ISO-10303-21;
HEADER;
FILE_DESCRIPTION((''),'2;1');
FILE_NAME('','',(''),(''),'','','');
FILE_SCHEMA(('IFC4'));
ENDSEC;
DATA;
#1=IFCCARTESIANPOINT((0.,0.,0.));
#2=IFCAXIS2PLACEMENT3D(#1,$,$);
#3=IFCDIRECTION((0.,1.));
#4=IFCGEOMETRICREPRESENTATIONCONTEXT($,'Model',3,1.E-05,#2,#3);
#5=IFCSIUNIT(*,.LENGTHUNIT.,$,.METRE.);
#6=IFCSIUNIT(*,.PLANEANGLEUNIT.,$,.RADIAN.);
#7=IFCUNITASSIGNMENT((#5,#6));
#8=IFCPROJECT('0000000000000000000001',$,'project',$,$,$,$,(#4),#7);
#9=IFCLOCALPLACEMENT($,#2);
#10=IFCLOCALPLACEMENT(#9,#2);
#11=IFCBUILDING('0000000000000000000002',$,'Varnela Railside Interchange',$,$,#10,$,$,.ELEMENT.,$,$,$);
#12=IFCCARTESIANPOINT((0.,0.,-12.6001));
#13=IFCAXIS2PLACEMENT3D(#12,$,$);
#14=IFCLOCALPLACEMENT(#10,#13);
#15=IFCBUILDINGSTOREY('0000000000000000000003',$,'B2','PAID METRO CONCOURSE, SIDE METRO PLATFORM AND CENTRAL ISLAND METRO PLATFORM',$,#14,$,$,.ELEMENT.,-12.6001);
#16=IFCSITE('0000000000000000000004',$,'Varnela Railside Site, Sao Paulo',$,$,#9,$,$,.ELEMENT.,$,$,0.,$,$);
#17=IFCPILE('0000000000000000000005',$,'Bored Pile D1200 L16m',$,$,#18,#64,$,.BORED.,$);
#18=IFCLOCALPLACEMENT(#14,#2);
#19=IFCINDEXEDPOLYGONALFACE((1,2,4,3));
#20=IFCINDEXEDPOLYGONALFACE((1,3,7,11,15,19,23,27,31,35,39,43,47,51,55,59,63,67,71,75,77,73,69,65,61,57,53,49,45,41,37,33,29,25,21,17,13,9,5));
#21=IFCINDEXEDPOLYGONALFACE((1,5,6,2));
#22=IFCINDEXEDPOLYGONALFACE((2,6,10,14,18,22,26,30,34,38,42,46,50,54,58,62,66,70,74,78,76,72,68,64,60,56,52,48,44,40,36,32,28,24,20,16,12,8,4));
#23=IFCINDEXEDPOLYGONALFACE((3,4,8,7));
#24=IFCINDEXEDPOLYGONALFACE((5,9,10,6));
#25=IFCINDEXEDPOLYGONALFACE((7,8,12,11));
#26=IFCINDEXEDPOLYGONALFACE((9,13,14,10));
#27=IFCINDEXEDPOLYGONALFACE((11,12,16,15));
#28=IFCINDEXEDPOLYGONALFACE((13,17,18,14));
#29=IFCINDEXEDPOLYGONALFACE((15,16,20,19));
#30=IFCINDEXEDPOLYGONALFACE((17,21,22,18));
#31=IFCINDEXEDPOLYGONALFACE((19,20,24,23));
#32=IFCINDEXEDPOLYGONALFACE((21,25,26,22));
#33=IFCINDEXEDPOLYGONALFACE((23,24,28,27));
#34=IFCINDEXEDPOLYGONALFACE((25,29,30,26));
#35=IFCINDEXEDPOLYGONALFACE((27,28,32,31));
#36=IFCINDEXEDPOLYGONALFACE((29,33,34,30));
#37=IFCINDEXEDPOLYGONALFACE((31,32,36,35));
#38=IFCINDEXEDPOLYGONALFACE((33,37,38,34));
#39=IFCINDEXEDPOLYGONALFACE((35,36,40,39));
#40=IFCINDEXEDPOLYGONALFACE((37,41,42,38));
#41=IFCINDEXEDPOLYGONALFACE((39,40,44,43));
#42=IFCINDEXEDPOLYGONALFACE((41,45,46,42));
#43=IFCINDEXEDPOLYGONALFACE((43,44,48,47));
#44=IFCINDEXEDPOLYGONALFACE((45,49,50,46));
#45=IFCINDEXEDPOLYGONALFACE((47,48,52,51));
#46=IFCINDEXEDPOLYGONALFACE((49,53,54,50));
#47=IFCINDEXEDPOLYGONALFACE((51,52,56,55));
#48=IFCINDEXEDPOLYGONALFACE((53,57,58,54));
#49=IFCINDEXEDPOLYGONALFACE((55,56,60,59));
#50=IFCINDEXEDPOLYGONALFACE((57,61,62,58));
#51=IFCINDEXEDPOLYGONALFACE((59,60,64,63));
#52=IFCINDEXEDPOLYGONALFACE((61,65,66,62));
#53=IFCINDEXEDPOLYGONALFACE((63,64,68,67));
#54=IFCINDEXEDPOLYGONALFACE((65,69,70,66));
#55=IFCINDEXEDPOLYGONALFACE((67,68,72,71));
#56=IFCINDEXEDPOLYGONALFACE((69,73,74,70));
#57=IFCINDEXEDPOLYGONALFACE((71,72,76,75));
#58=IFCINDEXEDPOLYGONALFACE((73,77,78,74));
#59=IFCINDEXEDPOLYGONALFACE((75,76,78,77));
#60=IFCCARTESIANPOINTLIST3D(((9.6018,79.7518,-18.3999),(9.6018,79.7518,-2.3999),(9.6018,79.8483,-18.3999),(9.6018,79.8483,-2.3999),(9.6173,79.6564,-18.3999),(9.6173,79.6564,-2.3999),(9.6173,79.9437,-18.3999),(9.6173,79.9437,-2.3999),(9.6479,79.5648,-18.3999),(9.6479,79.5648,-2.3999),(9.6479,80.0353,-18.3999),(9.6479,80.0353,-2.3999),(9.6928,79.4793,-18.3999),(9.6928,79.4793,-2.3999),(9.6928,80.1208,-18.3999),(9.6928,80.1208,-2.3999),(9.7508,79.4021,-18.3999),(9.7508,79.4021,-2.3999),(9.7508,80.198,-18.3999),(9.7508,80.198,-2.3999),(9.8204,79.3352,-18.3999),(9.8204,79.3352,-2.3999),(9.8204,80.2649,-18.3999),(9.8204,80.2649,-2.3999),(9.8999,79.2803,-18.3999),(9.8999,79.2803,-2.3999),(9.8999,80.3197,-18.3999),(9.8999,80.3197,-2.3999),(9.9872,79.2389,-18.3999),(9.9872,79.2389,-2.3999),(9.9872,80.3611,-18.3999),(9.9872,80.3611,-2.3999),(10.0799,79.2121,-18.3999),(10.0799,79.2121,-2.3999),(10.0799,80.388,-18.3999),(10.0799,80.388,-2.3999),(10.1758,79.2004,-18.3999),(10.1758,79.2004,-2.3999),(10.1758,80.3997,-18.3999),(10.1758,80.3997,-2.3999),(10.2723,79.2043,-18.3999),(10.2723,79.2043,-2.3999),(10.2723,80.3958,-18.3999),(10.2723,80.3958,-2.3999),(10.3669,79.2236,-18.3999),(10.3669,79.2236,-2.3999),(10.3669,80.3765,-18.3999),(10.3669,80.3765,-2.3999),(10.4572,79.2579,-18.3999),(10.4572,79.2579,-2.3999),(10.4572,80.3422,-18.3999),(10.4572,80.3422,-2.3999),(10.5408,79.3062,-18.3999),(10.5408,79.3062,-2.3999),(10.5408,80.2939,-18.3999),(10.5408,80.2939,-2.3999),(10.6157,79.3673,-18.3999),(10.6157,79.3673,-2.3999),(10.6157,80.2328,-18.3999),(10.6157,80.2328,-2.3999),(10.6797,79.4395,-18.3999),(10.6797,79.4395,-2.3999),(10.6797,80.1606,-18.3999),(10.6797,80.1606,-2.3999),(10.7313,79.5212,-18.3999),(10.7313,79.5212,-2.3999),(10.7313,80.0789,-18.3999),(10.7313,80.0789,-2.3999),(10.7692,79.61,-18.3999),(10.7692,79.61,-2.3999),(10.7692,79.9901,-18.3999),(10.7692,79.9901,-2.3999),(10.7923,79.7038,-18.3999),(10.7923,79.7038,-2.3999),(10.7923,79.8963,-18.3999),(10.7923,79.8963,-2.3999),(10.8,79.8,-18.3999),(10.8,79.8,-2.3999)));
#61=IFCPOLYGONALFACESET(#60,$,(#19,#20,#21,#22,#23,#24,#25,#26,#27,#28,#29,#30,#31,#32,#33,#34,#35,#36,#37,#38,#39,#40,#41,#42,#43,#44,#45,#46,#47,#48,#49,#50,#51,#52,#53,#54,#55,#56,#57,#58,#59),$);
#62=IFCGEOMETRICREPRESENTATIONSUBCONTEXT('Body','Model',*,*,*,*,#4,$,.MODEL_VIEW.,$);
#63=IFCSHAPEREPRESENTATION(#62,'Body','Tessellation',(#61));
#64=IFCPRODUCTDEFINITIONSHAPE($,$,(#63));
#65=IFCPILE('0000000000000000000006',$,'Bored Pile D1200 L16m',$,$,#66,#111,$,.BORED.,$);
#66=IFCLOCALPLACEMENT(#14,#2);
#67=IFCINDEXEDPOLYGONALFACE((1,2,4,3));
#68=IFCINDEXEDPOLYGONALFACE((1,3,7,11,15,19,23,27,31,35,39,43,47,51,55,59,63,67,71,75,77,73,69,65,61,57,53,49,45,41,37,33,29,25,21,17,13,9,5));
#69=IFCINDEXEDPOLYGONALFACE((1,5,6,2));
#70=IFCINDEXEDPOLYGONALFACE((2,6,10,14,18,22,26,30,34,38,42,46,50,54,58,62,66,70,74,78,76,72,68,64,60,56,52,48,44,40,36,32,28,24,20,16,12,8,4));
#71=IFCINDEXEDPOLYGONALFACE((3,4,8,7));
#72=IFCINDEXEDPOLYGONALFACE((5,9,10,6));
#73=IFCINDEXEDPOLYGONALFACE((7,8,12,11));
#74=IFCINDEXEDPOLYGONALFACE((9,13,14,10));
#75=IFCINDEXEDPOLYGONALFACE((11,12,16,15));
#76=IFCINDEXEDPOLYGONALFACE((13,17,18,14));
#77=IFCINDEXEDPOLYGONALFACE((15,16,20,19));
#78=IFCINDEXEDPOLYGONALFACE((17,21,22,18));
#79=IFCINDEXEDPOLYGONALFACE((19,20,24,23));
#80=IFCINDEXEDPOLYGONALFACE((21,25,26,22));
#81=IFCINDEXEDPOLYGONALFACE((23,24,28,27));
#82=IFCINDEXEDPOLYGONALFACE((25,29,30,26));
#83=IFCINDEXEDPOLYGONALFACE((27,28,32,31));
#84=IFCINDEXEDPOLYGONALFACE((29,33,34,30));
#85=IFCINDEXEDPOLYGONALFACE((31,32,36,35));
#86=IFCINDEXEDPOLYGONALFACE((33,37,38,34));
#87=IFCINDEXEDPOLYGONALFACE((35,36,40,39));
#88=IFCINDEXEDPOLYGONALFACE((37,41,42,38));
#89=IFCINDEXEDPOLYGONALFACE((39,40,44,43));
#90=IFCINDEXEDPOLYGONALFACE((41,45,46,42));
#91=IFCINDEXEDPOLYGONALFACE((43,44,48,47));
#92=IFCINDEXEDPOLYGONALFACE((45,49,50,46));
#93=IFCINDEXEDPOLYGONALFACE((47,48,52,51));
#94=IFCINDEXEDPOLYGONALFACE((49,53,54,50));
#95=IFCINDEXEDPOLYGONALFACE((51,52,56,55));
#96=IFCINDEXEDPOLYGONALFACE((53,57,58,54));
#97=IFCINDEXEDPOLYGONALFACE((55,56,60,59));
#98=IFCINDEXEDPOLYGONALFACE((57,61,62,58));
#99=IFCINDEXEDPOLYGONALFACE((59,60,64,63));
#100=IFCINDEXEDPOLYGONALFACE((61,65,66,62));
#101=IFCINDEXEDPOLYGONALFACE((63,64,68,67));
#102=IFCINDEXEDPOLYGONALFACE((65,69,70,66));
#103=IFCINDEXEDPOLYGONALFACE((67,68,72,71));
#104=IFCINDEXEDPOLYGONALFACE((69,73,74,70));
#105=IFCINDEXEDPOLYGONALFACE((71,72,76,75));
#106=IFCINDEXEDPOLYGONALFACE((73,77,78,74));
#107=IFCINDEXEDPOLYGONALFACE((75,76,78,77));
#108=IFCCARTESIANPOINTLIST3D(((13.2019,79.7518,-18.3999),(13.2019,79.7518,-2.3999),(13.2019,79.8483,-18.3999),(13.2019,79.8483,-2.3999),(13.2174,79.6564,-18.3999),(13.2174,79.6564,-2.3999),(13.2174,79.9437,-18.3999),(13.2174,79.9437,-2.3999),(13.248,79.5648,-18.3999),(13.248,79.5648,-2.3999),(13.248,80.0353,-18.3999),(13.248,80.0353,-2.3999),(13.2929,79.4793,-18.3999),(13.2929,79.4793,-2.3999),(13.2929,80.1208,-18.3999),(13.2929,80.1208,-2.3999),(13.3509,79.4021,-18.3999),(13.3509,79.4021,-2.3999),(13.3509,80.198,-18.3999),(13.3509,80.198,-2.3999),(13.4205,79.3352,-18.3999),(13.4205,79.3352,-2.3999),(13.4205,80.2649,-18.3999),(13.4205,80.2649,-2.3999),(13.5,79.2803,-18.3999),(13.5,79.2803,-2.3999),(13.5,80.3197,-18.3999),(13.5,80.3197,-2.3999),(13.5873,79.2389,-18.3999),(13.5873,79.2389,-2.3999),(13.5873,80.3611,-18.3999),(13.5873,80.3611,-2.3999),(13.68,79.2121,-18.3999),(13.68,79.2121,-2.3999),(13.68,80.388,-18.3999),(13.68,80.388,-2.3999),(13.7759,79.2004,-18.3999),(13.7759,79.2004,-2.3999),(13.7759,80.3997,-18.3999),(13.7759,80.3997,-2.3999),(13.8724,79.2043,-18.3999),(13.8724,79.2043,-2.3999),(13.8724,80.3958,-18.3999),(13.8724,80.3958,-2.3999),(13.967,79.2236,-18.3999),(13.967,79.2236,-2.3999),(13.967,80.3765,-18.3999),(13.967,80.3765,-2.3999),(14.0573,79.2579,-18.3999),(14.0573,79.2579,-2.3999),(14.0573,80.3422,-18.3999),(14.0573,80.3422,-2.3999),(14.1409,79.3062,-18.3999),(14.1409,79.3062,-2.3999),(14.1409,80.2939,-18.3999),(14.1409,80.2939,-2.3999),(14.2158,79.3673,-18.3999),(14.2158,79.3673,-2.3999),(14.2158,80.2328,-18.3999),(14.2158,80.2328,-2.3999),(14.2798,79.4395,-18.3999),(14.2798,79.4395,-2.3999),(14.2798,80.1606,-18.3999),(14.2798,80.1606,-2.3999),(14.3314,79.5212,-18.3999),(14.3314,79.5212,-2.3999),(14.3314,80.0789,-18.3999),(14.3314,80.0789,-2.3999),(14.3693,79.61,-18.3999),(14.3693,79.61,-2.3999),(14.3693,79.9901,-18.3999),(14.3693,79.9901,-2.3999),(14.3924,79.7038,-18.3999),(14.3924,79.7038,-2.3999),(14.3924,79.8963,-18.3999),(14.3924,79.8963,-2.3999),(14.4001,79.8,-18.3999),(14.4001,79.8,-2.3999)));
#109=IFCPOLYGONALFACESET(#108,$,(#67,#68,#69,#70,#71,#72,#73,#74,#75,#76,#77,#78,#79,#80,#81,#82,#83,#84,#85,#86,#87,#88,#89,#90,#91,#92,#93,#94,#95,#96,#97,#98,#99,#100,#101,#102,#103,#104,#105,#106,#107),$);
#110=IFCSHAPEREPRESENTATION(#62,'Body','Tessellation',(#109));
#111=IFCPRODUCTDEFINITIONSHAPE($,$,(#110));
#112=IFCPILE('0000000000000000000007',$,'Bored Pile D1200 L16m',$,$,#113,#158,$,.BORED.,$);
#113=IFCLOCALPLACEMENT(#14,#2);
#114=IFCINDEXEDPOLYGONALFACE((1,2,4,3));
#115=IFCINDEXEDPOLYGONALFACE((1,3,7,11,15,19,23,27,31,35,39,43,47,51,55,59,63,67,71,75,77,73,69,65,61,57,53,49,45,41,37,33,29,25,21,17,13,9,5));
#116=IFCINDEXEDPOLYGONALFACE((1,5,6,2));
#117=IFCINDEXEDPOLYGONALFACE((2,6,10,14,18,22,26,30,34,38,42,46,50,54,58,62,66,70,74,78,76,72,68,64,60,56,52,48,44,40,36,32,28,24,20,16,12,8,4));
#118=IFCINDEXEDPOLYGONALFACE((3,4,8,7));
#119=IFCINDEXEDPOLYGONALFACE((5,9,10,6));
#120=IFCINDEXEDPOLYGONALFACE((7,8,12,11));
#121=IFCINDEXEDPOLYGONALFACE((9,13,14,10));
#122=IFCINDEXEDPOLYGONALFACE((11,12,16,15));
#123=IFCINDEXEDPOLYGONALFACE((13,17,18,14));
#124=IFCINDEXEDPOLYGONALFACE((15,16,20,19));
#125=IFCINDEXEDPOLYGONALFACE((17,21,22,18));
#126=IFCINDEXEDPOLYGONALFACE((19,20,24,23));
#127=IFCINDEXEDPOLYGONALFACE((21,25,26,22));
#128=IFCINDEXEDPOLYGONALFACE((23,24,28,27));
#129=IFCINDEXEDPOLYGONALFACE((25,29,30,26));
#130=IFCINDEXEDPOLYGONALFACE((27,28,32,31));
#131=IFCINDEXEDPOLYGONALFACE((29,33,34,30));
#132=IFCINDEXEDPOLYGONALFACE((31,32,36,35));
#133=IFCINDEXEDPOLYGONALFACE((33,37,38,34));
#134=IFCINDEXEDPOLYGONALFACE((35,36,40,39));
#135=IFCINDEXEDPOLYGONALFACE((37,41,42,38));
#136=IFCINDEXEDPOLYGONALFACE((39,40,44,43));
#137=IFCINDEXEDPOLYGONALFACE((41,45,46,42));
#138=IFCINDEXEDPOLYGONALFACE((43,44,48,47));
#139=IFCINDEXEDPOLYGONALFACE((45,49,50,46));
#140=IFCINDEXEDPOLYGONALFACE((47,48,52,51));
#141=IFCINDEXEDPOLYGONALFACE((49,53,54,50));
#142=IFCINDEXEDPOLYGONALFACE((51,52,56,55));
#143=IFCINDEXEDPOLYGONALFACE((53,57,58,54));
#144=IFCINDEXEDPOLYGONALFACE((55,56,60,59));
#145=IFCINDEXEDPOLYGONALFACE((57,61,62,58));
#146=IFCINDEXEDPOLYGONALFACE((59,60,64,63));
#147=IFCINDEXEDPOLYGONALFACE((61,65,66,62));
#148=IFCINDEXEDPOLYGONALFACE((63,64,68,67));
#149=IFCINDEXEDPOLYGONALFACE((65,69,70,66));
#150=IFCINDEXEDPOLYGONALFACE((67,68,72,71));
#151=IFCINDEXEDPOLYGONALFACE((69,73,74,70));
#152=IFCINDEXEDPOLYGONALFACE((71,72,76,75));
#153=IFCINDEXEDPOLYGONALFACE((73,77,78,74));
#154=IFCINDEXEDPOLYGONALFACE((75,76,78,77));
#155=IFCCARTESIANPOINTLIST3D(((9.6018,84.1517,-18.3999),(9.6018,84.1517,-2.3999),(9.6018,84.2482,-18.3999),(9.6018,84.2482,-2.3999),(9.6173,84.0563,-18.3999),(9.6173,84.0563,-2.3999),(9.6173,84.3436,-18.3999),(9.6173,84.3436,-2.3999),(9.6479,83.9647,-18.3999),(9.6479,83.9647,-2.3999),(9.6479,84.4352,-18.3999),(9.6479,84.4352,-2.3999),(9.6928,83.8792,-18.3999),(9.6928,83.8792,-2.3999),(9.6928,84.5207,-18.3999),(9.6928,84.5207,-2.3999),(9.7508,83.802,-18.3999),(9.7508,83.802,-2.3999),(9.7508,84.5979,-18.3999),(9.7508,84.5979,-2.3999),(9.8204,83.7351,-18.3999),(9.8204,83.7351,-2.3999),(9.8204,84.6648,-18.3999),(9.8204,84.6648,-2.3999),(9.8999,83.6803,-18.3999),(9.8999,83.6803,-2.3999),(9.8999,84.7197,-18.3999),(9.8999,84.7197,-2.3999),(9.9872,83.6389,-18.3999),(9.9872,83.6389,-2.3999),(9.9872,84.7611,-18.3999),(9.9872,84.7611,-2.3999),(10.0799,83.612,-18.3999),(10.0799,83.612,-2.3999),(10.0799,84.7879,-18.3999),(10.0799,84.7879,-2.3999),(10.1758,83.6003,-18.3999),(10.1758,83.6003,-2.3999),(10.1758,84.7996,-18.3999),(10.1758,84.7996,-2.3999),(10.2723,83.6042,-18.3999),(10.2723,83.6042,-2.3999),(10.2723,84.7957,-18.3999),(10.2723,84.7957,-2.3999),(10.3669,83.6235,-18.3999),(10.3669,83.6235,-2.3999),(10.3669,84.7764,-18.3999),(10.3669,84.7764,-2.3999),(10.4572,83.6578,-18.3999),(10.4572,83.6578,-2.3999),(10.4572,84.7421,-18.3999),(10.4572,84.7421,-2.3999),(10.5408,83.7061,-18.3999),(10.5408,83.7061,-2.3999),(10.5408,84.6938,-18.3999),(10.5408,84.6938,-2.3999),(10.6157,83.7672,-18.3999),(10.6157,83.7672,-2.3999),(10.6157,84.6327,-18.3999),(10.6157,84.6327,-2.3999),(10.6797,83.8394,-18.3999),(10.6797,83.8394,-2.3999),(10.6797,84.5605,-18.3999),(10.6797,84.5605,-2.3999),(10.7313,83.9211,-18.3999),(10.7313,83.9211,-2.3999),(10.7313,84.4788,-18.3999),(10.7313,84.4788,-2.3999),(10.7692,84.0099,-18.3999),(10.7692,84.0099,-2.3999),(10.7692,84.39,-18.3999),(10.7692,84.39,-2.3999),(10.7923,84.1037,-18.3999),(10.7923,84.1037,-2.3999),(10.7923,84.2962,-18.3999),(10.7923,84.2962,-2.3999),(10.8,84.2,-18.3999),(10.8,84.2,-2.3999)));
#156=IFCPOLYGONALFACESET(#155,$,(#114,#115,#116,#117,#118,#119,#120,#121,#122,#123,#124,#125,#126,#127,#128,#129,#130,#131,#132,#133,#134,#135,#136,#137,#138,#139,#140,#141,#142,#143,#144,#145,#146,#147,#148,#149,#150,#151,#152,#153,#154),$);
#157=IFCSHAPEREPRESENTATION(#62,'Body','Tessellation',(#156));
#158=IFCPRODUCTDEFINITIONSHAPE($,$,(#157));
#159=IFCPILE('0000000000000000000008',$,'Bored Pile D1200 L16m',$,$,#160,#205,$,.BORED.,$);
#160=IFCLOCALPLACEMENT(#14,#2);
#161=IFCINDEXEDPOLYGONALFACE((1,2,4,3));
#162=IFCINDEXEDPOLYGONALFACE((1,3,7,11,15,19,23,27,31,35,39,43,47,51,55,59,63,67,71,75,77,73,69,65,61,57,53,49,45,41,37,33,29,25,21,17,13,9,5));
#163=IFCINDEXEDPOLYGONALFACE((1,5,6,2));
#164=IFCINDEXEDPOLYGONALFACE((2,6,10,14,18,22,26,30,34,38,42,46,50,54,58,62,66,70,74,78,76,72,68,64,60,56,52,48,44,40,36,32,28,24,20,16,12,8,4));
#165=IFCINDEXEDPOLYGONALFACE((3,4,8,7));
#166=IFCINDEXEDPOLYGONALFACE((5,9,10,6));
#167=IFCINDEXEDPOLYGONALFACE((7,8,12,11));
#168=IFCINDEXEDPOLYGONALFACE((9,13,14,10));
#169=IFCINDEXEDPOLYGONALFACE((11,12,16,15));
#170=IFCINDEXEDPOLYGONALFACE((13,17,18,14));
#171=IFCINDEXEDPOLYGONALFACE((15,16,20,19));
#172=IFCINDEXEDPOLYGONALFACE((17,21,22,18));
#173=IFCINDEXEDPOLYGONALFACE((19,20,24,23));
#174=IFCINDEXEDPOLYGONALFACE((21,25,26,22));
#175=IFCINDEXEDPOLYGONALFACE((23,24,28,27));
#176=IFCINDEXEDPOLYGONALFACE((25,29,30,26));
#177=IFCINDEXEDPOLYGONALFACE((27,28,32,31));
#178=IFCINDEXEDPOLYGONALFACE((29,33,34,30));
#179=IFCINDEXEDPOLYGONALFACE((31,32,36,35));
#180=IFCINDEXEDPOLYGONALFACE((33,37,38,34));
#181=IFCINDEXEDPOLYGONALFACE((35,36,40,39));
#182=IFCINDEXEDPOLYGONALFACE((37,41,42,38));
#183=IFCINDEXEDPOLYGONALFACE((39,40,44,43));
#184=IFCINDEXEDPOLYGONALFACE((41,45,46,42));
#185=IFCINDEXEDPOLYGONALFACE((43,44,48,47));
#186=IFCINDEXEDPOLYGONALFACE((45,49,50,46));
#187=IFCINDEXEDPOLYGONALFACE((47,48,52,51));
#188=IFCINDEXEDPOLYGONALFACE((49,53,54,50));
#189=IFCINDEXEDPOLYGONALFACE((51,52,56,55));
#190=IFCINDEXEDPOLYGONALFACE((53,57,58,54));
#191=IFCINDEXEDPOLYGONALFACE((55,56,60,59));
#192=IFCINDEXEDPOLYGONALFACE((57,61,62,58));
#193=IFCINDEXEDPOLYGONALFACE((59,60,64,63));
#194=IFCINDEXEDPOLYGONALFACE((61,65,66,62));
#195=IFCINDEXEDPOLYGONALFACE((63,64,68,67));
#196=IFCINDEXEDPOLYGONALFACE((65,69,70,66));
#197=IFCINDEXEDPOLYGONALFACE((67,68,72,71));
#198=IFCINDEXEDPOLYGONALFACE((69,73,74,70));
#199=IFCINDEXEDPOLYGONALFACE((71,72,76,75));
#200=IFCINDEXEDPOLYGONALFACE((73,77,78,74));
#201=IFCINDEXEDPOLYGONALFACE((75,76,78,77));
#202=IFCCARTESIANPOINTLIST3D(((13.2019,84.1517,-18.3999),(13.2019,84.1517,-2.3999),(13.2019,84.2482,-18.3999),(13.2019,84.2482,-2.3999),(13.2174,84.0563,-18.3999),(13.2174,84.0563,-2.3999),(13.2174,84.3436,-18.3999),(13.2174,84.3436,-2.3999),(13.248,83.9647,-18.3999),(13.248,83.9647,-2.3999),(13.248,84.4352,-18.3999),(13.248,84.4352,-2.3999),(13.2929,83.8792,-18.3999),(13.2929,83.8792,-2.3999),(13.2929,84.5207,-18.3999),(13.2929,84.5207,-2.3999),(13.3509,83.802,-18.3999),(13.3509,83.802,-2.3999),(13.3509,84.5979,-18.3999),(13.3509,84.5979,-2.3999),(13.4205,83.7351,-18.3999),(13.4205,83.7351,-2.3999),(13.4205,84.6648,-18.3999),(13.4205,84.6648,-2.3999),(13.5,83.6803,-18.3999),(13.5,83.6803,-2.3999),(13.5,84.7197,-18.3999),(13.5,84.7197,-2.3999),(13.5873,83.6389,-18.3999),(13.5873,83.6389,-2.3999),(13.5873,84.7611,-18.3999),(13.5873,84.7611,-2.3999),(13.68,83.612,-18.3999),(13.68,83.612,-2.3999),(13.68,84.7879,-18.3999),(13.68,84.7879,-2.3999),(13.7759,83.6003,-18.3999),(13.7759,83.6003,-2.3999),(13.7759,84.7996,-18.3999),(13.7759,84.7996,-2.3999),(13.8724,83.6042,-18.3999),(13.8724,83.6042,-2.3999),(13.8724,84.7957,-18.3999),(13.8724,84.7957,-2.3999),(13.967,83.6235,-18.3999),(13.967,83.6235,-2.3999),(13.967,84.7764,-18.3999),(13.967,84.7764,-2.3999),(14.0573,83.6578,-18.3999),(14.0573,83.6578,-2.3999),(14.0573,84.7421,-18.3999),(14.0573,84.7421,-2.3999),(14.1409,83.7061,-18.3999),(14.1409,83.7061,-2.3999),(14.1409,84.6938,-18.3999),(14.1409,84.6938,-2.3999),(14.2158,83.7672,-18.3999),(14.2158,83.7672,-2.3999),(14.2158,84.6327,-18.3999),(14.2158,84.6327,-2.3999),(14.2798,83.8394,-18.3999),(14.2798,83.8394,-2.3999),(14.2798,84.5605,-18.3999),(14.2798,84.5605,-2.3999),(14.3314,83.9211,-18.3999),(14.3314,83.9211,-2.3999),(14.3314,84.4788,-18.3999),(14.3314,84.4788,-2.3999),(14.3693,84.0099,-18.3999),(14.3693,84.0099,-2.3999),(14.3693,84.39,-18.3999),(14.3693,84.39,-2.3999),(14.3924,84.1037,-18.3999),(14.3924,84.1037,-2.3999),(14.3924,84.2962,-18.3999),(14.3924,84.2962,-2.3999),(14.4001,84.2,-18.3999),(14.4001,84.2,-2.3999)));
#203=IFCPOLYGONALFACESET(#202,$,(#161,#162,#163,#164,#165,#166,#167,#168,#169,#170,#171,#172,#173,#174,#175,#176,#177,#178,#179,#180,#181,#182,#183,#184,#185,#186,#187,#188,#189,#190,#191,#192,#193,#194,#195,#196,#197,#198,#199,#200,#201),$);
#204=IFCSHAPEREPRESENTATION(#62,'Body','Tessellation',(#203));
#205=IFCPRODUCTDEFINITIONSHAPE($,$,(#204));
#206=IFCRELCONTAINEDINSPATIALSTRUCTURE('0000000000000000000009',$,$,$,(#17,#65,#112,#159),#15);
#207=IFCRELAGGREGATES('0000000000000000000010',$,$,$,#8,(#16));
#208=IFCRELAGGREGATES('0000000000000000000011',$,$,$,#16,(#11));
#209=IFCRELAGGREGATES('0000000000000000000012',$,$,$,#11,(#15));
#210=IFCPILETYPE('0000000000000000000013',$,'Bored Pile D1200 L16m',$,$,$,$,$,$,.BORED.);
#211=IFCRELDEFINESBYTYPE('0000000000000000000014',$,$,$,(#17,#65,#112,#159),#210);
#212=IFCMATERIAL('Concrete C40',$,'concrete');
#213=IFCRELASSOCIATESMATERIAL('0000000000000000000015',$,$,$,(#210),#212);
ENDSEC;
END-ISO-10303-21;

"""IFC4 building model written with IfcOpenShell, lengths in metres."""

from ifc_helpers import new_model, si_unit, direction, frame, origin, origin_2d, place, context, subcontext, project, spatial, circle, extrude, material, material_profile, profile_set, type_object, element, save


model = new_model("IFC4")

# Units and contexts
model_context = context("Model", 3, precision=1e-05, world=origin(), true_north=direction((0.0, 1.0)))
body_context = subcontext(model_context, "Body", "Model", "MODEL_VIEW")
ifc_project = project(units=[si_unit("LENGTHUNIT", "METRE"), si_unit("PLANEANGLEUNIT", "RADIAN")], contexts=[model_context])

# Site, building, storey
site_placement = place(None, origin())
site = spatial("IfcSite", under=ifc_project, at=site_placement, Name="Varnela Railside Site, Sao Paulo", CompositionType="ELEMENT", RefElevation=0.0)
building_placement = place(site_placement, origin())
building = spatial("IfcBuilding", under=site, at=building_placement, Name="Varnela Railside Interchange", CompositionType="ELEMENT")
storey_placement = place(building_placement, frame((0.0, 0.0, -12.6001)))
storey = spatial("IfcBuildingStorey", under=building, at=storey_placement, Name="B2", Description="PAID METRO CONCOURSE, SIDE METRO PLATFORM AND CENTRAL ISLAND METRO PLATFORM", CompositionType="ELEMENT", Elevation=-12.6001)

# Piles
ifc_material_1 = material(Name="Concrete C40", Category="concrete")
ifc_material_profile_1 = material_profile(ifc_material_1, circle(Radius=0.6001, at=origin_2d()), Name="BORED PILE D1200")
ifc_profile_set_1 = profile_set([ifc_material_profile_1], Name="Concrete C40")
pile_type = type_object("IfcPileType", Name="Bored Pile D1200 L16m", PredefinedType="BORED", material=ifc_profile_set_1)
for number, where, z_axis, x_axis, name in (
    (1, (10.2, 79.8, -2.3999), (0.0, 0.0, -1.0), (1.0, 0.0, 0.0), "Bored Pile D1200 L16m"),
    (2, (13.8, 79.8, -2.3999), (0.0, 0.0, -1.0), (1.0, 0.0, 0.0), "Bored Pile D1200 L16m"),
    (3, (10.2, 84.2, -2.3999), (0.0, 0.0, -1.0), (1.0, 0.0, 0.0), "Bored Pile D1200 L16m"),
    (4, (13.8, 84.2, -2.3999), (0.0, 0.0, -1.0), (1.0, 0.0, 0.0), "Bored Pile D1200 L16m"),
):
    element("IfcPile", number, at=place(storey_placement, frame(where, z_axis=z_axis, x_axis=x_axis)), inside=storey, type_object=pile_type, Name=name, PredefinedType="BORED", context=body_context, shape_type="SweptSolid", body=[
        extrude(circle(Radius=0.6001, at=origin_2d()), origin(), (0.0, 0.0, 1.0), 16.0),
    ])

save(model, "model.ifc")
